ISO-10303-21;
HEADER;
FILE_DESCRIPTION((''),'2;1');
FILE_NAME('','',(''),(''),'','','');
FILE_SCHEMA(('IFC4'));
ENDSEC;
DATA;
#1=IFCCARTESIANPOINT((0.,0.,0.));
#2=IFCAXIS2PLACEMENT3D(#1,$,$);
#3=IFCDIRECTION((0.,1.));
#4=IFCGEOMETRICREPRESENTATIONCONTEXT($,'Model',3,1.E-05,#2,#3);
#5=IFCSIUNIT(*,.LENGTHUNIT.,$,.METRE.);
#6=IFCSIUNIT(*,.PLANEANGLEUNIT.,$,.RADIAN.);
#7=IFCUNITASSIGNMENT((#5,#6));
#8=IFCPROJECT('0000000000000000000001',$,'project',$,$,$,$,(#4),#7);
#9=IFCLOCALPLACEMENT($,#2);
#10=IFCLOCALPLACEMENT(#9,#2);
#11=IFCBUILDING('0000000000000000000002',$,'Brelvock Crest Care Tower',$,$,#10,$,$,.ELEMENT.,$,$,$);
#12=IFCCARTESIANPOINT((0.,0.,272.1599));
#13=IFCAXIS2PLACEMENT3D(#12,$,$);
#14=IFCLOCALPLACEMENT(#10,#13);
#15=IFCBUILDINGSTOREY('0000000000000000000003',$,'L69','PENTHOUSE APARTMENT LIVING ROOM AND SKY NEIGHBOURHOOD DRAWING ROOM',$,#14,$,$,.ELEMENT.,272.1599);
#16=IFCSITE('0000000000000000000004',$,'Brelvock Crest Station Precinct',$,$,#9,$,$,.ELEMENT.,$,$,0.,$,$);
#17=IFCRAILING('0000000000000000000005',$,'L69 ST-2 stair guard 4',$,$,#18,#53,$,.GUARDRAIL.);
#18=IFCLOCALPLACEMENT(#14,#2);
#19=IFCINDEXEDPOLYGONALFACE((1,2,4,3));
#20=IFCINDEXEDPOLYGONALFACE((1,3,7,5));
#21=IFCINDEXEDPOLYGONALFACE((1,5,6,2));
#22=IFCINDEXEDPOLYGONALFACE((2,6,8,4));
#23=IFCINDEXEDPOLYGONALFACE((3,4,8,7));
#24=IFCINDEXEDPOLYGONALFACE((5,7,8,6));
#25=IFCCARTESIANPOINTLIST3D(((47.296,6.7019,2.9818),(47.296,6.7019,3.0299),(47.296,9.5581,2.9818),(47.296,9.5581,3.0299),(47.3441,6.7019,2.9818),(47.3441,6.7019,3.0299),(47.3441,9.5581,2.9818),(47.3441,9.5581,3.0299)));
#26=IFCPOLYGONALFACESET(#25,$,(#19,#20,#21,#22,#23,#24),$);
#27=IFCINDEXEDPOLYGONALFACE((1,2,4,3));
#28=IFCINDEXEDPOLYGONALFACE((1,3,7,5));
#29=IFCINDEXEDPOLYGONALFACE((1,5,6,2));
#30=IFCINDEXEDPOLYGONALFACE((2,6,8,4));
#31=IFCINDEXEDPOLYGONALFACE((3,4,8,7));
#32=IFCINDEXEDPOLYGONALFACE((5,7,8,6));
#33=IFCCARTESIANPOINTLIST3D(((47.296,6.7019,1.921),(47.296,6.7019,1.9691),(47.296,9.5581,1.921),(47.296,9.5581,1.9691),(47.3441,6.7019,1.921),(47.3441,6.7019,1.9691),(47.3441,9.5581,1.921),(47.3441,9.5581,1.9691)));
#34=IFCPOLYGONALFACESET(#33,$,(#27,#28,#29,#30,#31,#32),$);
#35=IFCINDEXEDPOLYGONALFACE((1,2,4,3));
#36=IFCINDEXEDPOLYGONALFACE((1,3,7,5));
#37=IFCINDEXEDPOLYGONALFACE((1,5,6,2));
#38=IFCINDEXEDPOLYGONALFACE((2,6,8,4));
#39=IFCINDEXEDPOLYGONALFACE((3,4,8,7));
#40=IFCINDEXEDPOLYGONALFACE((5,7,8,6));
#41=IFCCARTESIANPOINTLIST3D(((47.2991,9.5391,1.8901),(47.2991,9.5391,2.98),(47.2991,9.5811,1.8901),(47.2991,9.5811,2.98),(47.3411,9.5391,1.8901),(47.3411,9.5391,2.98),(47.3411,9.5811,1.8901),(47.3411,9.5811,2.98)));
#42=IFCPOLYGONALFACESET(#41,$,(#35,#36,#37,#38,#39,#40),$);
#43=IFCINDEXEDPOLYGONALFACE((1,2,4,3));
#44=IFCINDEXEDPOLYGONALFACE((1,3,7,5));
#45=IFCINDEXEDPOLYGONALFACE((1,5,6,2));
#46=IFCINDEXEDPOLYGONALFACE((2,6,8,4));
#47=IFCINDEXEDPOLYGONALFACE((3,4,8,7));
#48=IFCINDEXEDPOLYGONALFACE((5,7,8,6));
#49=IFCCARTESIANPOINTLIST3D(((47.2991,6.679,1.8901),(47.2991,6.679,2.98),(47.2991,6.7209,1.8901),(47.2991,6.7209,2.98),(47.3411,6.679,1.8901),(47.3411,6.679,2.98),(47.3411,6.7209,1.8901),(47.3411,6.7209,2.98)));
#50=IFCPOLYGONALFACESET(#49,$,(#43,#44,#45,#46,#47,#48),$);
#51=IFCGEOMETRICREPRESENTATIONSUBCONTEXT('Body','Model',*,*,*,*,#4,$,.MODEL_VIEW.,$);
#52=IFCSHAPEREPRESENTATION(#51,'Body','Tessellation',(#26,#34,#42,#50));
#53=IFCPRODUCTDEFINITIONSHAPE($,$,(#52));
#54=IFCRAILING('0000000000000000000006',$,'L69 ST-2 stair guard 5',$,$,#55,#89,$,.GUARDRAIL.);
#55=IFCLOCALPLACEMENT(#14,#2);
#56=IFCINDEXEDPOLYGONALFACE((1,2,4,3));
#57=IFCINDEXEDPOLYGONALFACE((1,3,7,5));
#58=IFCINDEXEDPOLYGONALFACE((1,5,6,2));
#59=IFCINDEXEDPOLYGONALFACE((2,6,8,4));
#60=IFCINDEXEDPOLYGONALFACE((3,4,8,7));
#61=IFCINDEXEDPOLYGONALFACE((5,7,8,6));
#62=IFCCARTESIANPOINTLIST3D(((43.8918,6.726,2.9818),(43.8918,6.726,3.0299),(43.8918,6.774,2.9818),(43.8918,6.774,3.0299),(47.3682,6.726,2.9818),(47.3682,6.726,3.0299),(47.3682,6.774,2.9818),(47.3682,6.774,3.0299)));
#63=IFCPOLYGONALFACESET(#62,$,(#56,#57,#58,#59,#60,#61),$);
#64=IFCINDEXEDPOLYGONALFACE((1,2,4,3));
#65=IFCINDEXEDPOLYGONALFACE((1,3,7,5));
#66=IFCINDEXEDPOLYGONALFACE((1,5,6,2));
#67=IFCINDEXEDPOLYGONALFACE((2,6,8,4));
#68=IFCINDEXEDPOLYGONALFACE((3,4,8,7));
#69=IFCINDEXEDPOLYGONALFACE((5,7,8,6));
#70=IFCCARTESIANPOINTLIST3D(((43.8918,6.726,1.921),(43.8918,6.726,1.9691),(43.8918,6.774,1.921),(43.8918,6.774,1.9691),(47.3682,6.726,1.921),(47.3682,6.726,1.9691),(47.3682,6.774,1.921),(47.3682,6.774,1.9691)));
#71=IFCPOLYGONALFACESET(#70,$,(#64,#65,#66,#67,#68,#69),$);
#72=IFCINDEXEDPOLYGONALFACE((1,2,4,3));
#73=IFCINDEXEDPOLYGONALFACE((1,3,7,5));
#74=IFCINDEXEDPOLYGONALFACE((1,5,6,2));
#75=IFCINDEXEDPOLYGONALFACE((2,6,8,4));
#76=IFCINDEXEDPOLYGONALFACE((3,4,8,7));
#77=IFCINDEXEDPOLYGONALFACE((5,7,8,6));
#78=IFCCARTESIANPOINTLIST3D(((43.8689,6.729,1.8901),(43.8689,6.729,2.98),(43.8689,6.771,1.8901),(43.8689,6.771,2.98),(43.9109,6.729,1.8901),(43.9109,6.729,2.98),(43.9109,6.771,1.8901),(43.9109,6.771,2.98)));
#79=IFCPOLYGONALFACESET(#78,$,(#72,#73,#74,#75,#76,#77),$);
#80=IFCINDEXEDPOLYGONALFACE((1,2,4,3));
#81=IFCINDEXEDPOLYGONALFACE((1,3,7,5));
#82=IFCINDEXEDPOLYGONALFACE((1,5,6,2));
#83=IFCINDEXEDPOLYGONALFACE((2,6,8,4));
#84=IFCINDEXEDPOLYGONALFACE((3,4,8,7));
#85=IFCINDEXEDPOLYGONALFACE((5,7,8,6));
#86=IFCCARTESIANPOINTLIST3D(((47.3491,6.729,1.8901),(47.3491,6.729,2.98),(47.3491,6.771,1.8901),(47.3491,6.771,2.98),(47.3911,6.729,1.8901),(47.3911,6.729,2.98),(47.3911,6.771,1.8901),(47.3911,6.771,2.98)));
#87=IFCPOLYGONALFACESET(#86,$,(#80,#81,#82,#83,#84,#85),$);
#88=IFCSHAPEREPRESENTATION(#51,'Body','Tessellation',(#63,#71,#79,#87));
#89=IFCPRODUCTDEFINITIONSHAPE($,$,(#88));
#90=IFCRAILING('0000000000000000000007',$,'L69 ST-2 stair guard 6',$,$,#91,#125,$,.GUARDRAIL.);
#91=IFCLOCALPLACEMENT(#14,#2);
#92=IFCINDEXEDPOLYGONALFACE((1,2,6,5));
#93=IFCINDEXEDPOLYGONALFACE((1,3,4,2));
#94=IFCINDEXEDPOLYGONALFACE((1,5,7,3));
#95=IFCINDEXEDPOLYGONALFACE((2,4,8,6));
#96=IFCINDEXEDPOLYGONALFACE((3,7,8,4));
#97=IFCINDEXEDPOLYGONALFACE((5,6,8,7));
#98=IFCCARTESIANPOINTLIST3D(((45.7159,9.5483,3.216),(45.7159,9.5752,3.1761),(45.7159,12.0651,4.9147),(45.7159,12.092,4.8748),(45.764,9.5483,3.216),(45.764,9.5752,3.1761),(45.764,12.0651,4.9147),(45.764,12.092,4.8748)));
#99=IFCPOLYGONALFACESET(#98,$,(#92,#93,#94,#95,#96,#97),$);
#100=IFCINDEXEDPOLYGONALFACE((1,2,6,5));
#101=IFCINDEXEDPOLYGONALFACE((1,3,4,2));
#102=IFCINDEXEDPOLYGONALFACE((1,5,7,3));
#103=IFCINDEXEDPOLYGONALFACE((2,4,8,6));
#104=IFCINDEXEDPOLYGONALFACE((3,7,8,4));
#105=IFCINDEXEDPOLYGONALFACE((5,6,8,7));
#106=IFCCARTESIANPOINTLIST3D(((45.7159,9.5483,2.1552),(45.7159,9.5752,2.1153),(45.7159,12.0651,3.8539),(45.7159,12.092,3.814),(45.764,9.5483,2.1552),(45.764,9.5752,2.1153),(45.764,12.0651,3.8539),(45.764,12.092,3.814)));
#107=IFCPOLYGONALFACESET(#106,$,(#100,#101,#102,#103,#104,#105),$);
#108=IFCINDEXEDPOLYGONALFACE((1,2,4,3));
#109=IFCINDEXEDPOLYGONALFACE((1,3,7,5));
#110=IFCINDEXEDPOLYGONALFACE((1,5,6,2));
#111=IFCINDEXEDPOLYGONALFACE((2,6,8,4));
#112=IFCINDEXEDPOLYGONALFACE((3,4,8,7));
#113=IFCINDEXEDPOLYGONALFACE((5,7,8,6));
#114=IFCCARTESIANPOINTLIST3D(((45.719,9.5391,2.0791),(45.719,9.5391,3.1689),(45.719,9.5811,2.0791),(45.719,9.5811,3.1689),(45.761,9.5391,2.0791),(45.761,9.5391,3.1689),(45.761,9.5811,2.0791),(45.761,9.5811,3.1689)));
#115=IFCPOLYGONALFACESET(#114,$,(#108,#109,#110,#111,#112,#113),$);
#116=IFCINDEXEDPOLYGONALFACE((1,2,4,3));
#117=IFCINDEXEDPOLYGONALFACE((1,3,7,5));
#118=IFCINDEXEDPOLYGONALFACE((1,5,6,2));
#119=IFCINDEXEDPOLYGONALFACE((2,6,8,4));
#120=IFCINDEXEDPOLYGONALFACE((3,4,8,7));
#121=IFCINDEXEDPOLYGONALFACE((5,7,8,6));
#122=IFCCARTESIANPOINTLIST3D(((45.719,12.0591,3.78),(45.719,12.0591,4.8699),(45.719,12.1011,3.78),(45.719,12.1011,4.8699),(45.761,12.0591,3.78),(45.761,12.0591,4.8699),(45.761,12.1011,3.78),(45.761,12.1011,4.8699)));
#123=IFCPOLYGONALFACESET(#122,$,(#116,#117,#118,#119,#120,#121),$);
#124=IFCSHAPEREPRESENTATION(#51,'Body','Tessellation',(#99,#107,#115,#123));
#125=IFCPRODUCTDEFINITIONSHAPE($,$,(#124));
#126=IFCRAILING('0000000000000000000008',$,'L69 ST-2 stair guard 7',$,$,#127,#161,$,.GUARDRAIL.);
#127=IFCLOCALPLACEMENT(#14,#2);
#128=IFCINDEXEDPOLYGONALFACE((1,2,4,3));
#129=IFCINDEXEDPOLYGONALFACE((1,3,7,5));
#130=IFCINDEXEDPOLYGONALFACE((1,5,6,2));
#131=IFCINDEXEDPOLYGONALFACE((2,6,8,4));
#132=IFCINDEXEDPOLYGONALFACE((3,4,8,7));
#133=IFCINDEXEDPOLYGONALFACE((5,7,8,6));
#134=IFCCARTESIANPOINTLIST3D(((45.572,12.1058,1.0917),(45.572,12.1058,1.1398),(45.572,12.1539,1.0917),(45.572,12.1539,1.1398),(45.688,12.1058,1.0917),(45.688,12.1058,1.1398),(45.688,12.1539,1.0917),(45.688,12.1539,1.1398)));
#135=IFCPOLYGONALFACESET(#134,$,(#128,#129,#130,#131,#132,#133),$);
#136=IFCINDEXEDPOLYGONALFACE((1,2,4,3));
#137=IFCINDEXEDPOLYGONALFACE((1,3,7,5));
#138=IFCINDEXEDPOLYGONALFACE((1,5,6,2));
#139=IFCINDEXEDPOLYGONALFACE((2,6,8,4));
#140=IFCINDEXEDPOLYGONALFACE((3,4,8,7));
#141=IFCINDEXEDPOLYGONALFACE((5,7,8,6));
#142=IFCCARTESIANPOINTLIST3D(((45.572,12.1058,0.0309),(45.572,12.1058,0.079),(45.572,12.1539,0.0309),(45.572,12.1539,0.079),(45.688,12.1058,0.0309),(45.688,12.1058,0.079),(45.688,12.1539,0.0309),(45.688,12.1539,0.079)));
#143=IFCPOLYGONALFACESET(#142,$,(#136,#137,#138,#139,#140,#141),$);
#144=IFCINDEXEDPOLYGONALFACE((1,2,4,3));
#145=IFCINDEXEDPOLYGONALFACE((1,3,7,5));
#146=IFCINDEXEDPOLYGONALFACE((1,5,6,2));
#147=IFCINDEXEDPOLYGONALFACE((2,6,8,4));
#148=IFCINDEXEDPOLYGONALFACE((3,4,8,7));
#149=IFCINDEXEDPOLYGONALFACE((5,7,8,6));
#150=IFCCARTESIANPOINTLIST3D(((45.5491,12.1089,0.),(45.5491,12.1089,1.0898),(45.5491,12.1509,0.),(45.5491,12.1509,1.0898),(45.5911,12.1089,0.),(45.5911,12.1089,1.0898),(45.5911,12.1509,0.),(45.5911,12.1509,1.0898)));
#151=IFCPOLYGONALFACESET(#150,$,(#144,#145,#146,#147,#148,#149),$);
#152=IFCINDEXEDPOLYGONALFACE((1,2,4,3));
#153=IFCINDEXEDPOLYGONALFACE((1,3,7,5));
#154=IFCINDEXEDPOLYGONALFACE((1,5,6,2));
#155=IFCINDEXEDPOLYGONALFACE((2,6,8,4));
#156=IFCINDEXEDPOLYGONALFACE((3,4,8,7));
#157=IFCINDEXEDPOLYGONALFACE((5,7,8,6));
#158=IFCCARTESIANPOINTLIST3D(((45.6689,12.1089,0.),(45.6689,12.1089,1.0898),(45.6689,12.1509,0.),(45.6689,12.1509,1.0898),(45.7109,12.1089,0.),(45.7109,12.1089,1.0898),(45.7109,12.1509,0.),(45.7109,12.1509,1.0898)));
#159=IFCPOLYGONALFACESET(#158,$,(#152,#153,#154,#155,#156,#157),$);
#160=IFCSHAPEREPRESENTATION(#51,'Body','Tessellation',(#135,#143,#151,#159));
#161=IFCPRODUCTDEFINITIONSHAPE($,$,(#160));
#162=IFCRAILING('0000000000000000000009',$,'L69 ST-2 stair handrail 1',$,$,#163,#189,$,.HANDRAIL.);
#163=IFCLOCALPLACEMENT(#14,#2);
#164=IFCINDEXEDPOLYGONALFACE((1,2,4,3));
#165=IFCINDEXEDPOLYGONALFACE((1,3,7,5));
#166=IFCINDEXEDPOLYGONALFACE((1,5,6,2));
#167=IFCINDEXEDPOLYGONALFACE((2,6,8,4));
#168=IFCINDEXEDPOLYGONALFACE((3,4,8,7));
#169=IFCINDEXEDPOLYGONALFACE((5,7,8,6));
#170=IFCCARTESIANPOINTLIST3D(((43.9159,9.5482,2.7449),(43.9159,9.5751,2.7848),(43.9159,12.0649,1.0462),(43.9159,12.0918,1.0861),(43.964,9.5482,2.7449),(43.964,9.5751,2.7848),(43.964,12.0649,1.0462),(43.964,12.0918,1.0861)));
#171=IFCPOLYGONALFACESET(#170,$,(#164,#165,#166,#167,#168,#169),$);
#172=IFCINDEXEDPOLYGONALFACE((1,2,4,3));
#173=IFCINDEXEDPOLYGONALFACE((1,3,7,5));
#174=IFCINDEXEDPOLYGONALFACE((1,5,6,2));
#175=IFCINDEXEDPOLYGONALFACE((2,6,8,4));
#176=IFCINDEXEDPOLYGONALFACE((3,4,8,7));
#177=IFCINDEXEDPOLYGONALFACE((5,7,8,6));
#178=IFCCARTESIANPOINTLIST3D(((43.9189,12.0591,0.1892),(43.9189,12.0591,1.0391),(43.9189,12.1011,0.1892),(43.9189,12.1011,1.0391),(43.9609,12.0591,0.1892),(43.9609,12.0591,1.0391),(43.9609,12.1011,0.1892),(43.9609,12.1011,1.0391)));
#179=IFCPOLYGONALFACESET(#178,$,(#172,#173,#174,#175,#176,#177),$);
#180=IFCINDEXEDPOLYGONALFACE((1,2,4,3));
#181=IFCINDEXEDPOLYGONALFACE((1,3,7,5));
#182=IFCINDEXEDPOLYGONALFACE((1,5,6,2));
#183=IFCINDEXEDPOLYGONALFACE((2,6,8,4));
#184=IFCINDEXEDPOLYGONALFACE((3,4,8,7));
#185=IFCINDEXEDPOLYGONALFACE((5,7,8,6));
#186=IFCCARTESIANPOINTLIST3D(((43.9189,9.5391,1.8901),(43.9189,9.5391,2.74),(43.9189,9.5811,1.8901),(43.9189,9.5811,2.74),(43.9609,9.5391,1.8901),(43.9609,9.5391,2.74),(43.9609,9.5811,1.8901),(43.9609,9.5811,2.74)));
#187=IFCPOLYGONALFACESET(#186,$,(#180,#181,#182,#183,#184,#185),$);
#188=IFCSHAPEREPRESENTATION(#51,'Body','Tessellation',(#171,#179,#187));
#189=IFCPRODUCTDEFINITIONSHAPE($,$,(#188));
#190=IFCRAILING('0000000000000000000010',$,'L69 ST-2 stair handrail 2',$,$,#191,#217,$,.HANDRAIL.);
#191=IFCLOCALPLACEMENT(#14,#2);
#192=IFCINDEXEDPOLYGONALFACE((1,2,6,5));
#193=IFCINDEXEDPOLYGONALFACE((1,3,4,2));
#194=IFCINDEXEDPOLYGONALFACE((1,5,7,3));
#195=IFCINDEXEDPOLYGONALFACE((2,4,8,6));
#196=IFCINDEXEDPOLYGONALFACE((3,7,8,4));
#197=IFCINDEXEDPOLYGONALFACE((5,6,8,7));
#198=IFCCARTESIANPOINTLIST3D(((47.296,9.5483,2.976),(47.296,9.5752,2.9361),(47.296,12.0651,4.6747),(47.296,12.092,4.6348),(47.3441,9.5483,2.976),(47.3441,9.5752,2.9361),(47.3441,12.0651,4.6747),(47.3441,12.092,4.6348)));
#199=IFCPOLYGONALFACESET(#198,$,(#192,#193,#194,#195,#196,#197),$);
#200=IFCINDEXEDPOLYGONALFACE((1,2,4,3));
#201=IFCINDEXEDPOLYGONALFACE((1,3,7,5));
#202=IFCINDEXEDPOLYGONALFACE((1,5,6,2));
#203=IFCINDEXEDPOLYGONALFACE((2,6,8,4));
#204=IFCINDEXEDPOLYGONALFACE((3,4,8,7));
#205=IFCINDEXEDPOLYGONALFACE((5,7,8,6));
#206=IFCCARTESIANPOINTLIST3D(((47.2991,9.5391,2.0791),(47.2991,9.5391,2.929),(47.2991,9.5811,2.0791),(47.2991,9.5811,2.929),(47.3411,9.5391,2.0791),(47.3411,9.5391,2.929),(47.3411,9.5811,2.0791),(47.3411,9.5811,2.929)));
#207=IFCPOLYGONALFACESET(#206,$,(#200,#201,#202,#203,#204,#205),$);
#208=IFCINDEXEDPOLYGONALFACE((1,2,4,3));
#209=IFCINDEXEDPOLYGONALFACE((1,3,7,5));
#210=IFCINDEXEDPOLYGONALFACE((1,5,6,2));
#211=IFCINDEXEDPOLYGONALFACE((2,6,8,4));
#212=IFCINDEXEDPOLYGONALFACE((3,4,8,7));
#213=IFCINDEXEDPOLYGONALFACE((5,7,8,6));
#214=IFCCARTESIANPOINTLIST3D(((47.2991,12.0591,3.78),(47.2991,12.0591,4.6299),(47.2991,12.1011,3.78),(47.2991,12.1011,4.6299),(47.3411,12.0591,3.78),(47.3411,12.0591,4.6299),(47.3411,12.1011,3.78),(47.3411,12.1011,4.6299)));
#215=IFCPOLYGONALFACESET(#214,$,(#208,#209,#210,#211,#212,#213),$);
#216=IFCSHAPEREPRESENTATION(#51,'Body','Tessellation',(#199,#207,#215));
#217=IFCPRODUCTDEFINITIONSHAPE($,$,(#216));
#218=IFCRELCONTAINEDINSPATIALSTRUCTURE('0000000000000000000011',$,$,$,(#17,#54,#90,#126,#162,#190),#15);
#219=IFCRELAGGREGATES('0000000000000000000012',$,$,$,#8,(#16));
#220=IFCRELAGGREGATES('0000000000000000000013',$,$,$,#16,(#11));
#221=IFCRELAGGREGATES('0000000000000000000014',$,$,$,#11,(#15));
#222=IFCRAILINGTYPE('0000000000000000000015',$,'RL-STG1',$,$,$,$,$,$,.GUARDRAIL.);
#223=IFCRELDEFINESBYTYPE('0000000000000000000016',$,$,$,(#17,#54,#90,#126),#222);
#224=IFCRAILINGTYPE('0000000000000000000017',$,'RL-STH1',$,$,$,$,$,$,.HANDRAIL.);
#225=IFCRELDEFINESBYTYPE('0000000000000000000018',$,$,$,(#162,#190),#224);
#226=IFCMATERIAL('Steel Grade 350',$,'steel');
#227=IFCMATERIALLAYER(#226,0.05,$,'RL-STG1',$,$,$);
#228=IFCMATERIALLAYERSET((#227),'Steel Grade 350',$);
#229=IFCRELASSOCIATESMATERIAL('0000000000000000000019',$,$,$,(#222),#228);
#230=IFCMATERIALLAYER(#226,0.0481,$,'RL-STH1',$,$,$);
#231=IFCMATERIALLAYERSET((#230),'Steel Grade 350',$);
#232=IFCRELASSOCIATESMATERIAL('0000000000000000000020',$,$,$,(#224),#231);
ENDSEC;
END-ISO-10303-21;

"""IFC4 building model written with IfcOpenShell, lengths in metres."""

from ifc_helpers import new_model, si_unit, direction, frame, origin, origin_2d, place, context, subcontext, project, spatial, rectangle, extrude, material, layer, layer_set, type_object, element, save


model = new_model("IFC4")

# Units and contexts
model_context = context("Model", 3, precision=1e-05, world=origin(), true_north=direction((0.0, 1.0)))
body_context = subcontext(model_context, "Body", "Model", "MODEL_VIEW")
ifc_project = project(units=[si_unit("LENGTHUNIT", "METRE"), si_unit("PLANEANGLEUNIT", "RADIAN")], contexts=[model_context])

# Site, building, storey
site_placement = place(None, origin())
site = spatial("IfcSite", under=ifc_project, at=site_placement, Name="Brelvock Crest Station Precinct", CompositionType="ELEMENT", RefElevation=0.0)
building_placement = place(site_placement, origin())
building = spatial("IfcBuilding", under=site, at=building_placement, Name="Brelvock Crest Care Tower", CompositionType="ELEMENT")
storey_placement = place(building_placement, frame((0.0, 0.0, 272.1599)))
storey = spatial("IfcBuildingStorey", under=building, at=storey_placement, Name="L69", Description="PENTHOUSE APARTMENT LIVING ROOM AND SKY NEIGHBOURHOOD DRAWING ROOM", CompositionType="ELEMENT", Elevation=272.1599)

# Shared definitions
ifc_material_1 = material(Name="Steel Grade 350", Category="steel")

# Railings
ifc_layer_1 = layer(ifc_material_1, 0.05, Name="RL-STG1")
ifc_layer_set_1 = layer_set([ifc_layer_1], Name="Steel Grade 350")
railing_type_1 = type_object("IfcRailingType", Name="RL-STG1", PredefinedType="GUARDRAIL", material=ifc_layer_set_1)
for number, where, name in (
    (1, (47.3201, 9.5601, 1.8901), "L69 ST-2 stair guard 4"),
):
    element("IfcRailing", number, at=place(storey_placement, frame(where)), inside=storey, type_object=railing_type_1, Name=name, PredefinedType="GUARDRAIL", context=body_context, shape_type="SweptSolid", body=[
        extrude(rectangle(XDim=0.0481, YDim=0.0481, at=origin_2d()), frame((0.0, -0.002, 1.1157), z_axis=(0.0, -1.0, 0.0), x_axis=(1.0, 0.0, 0.0)), (0.0, 0.0, 1.0), 2.8562),
        extrude(rectangle(XDim=0.0481, YDim=0.0481, at=origin_2d()), frame((0.0, -0.002, 0.0549), z_axis=(0.0, -1.0, 0.0), x_axis=(1.0, 0.0, 0.0)), (0.0, 0.0, 1.0), 2.8562),
        extrude(rectangle(XDim=0.042, YDim=0.042, at=origin_2d()), origin(), (0.0, 0.0, 1.0), 1.0898),
        extrude(rectangle(XDim=0.042, YDim=0.042, at=origin_2d()), frame((0.0, -2.8601, 0.0)), (0.0, 0.0, 1.0), 1.0898),
    ])
railing_1_placement = place(storey_placement, frame((43.8899, 6.75, 1.8901)))
element("IfcRailing", 2, at=railing_1_placement, inside=storey, type_object=railing_type_1, Name="L69 ST-2 stair guard 5", PredefinedType="GUARDRAIL", context=body_context, shape_type="SweptSolid", body=[
    extrude(rectangle(XDim=0.0481, YDim=0.0481, at=origin_2d()), frame((0.002, 0.0, 1.1157), z_axis=(1.0, 0.0, 0.0), x_axis=(0.0, 1.0, 0.0)), (0.0, 0.0, 1.0), 3.4763),
    extrude(rectangle(XDim=0.0481, YDim=0.0481, at=origin_2d()), frame((0.002, 0.0, 0.0549), z_axis=(1.0, 0.0, 0.0), x_axis=(0.0, 1.0, 0.0)), (0.0, 0.0, 1.0), 3.4763),
    extrude(rectangle(XDim=0.042, YDim=0.042, at=origin_2d()), origin(), (0.0, 0.0, 1.0), 1.0898),
    extrude(rectangle(XDim=0.042, YDim=0.042, at=origin_2d()), frame((3.4802, 0.0, 0.0)), (0.0, 0.0, 1.0), 1.0898),
])
railing_2_placement = place(storey_placement, frame((45.74, 9.5601, 2.0791)))
element("IfcRailing", 3, at=railing_2_placement, inside=storey, type_object=railing_type_1, Name="L69 ST-2 stair guard 6", PredefinedType="GUARDRAIL", context=body_context, shape_type="SweptSolid", body=[
    extrude(rectangle(XDim=0.0481, YDim=0.0481, at=origin_2d()), frame((0.0, 0.0017, 1.1169), z_axis=(0.0, 0.828862, 0.559454), x_axis=(-1.0, 0.0, 0.0)), (0.0, 0.0, 1.0), 3.0364),
    extrude(rectangle(XDim=0.0481, YDim=0.0481, at=origin_2d()), frame((0.0, 0.0017, 0.0562), z_axis=(0.0, 0.828862, 0.559454), x_axis=(-1.0, 0.0, 0.0)), (0.0, 0.0, 1.0), 3.0364),
    extrude(rectangle(XDim=0.042, YDim=0.042, at=origin_2d()), origin(), (0.0, 0.0, 1.0), 1.0898),
    extrude(rectangle(XDim=0.042, YDim=0.042, at=origin_2d()), frame((0.0, 2.52, 1.7009)), (0.0, 0.0, 1.0), 1.0898),
])
railing_3_placement = place(storey_placement, frame((45.5701, 12.1299, 0.0)))
element("IfcRailing", 4, at=railing_3_placement, inside=storey, type_object=railing_type_1, Name="L69 ST-2 stair guard 7", PredefinedType="GUARDRAIL", context=body_context, shape_type="SweptSolid", body=[
    extrude(rectangle(XDim=0.0481, YDim=0.0481, at=origin_2d()), frame((0.002, 0.0, 1.1157), z_axis=(1.0, 0.0, 0.0), x_axis=(0.0, 1.0, 0.0)), (0.0, 0.0, 1.0), 0.116),
    extrude(rectangle(XDim=0.0481, YDim=0.0481, at=origin_2d()), frame((0.002, 0.0, 0.0549), z_axis=(1.0, 0.0, 0.0), x_axis=(0.0, 1.0, 0.0)), (0.0, 0.0, 1.0), 0.116),
    extrude(rectangle(XDim=0.042, YDim=0.042, at=origin_2d()), origin(), (0.0, 0.0, 1.0), 1.0898),
    extrude(rectangle(XDim=0.042, YDim=0.042, at=origin_2d()), frame((0.1199, 0.0, 0.0)), (0.0, 0.0, 1.0), 1.0898),
])
ifc_layer_2 = layer(ifc_material_1, 0.0481, Name="RL-STH1")
ifc_layer_set_2 = layer_set([ifc_layer_2], Name="Steel Grade 350")
railing_type_2 = type_object("IfcRailingType", Name="RL-STH1", PredefinedType="HANDRAIL", material=ifc_layer_set_2)
railing_4_placement = place(storey_placement, frame((43.9399, 12.0801, 0.1892)))
element("IfcRailing", 5, at=railing_4_placement, inside=storey, type_object=railing_type_2, Name="L69 ST-2 stair handrail 1", PredefinedType="HANDRAIL", context=body_context, shape_type="SweptSolid", body=[
    extrude(rectangle(XDim=0.0481, YDim=0.0481, at=origin_2d()), frame((0.0, -0.0017, 0.877), z_axis=(0.0, -0.828862, 0.559454), x_axis=(1.0, 0.0, 0.0)), (0.0, 0.0, 1.0), 3.0364),
    extrude(rectangle(XDim=0.042, YDim=0.042, at=origin_2d()), origin(), (0.0, 0.0, 1.0), 0.8499),
    extrude(rectangle(XDim=0.042, YDim=0.042, at=origin_2d()), frame((0.0, -2.52, 1.7009)), (0.0, 0.0, 1.0), 0.8499),
])
railing_5_placement = place(storey_placement, frame((47.3201, 9.5601, 2.0791)))
element("IfcRailing", 6, at=railing_5_placement, inside=storey, type_object=railing_type_2, Name="L69 ST-2 stair handrail 2", PredefinedType="HANDRAIL", context=body_context, shape_type="SweptSolid", body=[
    extrude(rectangle(XDim=0.0481, YDim=0.0481, at=origin_2d()), frame((0.0, 0.0017, 0.877), z_axis=(0.0, 0.828862, 0.559454), x_axis=(-1.0, 0.0, 0.0)), (0.0, 0.0, 1.0), 3.0364),
    extrude(rectangle(XDim=0.042, YDim=0.042, at=origin_2d()), origin(), (0.0, 0.0, 1.0), 0.8499),
    extrude(rectangle(XDim=0.042, YDim=0.042, at=origin_2d()), frame((0.0, 2.52, 1.7009)), (0.0, 0.0, 1.0), 0.8499),
])

save(model, "model.ifc")
